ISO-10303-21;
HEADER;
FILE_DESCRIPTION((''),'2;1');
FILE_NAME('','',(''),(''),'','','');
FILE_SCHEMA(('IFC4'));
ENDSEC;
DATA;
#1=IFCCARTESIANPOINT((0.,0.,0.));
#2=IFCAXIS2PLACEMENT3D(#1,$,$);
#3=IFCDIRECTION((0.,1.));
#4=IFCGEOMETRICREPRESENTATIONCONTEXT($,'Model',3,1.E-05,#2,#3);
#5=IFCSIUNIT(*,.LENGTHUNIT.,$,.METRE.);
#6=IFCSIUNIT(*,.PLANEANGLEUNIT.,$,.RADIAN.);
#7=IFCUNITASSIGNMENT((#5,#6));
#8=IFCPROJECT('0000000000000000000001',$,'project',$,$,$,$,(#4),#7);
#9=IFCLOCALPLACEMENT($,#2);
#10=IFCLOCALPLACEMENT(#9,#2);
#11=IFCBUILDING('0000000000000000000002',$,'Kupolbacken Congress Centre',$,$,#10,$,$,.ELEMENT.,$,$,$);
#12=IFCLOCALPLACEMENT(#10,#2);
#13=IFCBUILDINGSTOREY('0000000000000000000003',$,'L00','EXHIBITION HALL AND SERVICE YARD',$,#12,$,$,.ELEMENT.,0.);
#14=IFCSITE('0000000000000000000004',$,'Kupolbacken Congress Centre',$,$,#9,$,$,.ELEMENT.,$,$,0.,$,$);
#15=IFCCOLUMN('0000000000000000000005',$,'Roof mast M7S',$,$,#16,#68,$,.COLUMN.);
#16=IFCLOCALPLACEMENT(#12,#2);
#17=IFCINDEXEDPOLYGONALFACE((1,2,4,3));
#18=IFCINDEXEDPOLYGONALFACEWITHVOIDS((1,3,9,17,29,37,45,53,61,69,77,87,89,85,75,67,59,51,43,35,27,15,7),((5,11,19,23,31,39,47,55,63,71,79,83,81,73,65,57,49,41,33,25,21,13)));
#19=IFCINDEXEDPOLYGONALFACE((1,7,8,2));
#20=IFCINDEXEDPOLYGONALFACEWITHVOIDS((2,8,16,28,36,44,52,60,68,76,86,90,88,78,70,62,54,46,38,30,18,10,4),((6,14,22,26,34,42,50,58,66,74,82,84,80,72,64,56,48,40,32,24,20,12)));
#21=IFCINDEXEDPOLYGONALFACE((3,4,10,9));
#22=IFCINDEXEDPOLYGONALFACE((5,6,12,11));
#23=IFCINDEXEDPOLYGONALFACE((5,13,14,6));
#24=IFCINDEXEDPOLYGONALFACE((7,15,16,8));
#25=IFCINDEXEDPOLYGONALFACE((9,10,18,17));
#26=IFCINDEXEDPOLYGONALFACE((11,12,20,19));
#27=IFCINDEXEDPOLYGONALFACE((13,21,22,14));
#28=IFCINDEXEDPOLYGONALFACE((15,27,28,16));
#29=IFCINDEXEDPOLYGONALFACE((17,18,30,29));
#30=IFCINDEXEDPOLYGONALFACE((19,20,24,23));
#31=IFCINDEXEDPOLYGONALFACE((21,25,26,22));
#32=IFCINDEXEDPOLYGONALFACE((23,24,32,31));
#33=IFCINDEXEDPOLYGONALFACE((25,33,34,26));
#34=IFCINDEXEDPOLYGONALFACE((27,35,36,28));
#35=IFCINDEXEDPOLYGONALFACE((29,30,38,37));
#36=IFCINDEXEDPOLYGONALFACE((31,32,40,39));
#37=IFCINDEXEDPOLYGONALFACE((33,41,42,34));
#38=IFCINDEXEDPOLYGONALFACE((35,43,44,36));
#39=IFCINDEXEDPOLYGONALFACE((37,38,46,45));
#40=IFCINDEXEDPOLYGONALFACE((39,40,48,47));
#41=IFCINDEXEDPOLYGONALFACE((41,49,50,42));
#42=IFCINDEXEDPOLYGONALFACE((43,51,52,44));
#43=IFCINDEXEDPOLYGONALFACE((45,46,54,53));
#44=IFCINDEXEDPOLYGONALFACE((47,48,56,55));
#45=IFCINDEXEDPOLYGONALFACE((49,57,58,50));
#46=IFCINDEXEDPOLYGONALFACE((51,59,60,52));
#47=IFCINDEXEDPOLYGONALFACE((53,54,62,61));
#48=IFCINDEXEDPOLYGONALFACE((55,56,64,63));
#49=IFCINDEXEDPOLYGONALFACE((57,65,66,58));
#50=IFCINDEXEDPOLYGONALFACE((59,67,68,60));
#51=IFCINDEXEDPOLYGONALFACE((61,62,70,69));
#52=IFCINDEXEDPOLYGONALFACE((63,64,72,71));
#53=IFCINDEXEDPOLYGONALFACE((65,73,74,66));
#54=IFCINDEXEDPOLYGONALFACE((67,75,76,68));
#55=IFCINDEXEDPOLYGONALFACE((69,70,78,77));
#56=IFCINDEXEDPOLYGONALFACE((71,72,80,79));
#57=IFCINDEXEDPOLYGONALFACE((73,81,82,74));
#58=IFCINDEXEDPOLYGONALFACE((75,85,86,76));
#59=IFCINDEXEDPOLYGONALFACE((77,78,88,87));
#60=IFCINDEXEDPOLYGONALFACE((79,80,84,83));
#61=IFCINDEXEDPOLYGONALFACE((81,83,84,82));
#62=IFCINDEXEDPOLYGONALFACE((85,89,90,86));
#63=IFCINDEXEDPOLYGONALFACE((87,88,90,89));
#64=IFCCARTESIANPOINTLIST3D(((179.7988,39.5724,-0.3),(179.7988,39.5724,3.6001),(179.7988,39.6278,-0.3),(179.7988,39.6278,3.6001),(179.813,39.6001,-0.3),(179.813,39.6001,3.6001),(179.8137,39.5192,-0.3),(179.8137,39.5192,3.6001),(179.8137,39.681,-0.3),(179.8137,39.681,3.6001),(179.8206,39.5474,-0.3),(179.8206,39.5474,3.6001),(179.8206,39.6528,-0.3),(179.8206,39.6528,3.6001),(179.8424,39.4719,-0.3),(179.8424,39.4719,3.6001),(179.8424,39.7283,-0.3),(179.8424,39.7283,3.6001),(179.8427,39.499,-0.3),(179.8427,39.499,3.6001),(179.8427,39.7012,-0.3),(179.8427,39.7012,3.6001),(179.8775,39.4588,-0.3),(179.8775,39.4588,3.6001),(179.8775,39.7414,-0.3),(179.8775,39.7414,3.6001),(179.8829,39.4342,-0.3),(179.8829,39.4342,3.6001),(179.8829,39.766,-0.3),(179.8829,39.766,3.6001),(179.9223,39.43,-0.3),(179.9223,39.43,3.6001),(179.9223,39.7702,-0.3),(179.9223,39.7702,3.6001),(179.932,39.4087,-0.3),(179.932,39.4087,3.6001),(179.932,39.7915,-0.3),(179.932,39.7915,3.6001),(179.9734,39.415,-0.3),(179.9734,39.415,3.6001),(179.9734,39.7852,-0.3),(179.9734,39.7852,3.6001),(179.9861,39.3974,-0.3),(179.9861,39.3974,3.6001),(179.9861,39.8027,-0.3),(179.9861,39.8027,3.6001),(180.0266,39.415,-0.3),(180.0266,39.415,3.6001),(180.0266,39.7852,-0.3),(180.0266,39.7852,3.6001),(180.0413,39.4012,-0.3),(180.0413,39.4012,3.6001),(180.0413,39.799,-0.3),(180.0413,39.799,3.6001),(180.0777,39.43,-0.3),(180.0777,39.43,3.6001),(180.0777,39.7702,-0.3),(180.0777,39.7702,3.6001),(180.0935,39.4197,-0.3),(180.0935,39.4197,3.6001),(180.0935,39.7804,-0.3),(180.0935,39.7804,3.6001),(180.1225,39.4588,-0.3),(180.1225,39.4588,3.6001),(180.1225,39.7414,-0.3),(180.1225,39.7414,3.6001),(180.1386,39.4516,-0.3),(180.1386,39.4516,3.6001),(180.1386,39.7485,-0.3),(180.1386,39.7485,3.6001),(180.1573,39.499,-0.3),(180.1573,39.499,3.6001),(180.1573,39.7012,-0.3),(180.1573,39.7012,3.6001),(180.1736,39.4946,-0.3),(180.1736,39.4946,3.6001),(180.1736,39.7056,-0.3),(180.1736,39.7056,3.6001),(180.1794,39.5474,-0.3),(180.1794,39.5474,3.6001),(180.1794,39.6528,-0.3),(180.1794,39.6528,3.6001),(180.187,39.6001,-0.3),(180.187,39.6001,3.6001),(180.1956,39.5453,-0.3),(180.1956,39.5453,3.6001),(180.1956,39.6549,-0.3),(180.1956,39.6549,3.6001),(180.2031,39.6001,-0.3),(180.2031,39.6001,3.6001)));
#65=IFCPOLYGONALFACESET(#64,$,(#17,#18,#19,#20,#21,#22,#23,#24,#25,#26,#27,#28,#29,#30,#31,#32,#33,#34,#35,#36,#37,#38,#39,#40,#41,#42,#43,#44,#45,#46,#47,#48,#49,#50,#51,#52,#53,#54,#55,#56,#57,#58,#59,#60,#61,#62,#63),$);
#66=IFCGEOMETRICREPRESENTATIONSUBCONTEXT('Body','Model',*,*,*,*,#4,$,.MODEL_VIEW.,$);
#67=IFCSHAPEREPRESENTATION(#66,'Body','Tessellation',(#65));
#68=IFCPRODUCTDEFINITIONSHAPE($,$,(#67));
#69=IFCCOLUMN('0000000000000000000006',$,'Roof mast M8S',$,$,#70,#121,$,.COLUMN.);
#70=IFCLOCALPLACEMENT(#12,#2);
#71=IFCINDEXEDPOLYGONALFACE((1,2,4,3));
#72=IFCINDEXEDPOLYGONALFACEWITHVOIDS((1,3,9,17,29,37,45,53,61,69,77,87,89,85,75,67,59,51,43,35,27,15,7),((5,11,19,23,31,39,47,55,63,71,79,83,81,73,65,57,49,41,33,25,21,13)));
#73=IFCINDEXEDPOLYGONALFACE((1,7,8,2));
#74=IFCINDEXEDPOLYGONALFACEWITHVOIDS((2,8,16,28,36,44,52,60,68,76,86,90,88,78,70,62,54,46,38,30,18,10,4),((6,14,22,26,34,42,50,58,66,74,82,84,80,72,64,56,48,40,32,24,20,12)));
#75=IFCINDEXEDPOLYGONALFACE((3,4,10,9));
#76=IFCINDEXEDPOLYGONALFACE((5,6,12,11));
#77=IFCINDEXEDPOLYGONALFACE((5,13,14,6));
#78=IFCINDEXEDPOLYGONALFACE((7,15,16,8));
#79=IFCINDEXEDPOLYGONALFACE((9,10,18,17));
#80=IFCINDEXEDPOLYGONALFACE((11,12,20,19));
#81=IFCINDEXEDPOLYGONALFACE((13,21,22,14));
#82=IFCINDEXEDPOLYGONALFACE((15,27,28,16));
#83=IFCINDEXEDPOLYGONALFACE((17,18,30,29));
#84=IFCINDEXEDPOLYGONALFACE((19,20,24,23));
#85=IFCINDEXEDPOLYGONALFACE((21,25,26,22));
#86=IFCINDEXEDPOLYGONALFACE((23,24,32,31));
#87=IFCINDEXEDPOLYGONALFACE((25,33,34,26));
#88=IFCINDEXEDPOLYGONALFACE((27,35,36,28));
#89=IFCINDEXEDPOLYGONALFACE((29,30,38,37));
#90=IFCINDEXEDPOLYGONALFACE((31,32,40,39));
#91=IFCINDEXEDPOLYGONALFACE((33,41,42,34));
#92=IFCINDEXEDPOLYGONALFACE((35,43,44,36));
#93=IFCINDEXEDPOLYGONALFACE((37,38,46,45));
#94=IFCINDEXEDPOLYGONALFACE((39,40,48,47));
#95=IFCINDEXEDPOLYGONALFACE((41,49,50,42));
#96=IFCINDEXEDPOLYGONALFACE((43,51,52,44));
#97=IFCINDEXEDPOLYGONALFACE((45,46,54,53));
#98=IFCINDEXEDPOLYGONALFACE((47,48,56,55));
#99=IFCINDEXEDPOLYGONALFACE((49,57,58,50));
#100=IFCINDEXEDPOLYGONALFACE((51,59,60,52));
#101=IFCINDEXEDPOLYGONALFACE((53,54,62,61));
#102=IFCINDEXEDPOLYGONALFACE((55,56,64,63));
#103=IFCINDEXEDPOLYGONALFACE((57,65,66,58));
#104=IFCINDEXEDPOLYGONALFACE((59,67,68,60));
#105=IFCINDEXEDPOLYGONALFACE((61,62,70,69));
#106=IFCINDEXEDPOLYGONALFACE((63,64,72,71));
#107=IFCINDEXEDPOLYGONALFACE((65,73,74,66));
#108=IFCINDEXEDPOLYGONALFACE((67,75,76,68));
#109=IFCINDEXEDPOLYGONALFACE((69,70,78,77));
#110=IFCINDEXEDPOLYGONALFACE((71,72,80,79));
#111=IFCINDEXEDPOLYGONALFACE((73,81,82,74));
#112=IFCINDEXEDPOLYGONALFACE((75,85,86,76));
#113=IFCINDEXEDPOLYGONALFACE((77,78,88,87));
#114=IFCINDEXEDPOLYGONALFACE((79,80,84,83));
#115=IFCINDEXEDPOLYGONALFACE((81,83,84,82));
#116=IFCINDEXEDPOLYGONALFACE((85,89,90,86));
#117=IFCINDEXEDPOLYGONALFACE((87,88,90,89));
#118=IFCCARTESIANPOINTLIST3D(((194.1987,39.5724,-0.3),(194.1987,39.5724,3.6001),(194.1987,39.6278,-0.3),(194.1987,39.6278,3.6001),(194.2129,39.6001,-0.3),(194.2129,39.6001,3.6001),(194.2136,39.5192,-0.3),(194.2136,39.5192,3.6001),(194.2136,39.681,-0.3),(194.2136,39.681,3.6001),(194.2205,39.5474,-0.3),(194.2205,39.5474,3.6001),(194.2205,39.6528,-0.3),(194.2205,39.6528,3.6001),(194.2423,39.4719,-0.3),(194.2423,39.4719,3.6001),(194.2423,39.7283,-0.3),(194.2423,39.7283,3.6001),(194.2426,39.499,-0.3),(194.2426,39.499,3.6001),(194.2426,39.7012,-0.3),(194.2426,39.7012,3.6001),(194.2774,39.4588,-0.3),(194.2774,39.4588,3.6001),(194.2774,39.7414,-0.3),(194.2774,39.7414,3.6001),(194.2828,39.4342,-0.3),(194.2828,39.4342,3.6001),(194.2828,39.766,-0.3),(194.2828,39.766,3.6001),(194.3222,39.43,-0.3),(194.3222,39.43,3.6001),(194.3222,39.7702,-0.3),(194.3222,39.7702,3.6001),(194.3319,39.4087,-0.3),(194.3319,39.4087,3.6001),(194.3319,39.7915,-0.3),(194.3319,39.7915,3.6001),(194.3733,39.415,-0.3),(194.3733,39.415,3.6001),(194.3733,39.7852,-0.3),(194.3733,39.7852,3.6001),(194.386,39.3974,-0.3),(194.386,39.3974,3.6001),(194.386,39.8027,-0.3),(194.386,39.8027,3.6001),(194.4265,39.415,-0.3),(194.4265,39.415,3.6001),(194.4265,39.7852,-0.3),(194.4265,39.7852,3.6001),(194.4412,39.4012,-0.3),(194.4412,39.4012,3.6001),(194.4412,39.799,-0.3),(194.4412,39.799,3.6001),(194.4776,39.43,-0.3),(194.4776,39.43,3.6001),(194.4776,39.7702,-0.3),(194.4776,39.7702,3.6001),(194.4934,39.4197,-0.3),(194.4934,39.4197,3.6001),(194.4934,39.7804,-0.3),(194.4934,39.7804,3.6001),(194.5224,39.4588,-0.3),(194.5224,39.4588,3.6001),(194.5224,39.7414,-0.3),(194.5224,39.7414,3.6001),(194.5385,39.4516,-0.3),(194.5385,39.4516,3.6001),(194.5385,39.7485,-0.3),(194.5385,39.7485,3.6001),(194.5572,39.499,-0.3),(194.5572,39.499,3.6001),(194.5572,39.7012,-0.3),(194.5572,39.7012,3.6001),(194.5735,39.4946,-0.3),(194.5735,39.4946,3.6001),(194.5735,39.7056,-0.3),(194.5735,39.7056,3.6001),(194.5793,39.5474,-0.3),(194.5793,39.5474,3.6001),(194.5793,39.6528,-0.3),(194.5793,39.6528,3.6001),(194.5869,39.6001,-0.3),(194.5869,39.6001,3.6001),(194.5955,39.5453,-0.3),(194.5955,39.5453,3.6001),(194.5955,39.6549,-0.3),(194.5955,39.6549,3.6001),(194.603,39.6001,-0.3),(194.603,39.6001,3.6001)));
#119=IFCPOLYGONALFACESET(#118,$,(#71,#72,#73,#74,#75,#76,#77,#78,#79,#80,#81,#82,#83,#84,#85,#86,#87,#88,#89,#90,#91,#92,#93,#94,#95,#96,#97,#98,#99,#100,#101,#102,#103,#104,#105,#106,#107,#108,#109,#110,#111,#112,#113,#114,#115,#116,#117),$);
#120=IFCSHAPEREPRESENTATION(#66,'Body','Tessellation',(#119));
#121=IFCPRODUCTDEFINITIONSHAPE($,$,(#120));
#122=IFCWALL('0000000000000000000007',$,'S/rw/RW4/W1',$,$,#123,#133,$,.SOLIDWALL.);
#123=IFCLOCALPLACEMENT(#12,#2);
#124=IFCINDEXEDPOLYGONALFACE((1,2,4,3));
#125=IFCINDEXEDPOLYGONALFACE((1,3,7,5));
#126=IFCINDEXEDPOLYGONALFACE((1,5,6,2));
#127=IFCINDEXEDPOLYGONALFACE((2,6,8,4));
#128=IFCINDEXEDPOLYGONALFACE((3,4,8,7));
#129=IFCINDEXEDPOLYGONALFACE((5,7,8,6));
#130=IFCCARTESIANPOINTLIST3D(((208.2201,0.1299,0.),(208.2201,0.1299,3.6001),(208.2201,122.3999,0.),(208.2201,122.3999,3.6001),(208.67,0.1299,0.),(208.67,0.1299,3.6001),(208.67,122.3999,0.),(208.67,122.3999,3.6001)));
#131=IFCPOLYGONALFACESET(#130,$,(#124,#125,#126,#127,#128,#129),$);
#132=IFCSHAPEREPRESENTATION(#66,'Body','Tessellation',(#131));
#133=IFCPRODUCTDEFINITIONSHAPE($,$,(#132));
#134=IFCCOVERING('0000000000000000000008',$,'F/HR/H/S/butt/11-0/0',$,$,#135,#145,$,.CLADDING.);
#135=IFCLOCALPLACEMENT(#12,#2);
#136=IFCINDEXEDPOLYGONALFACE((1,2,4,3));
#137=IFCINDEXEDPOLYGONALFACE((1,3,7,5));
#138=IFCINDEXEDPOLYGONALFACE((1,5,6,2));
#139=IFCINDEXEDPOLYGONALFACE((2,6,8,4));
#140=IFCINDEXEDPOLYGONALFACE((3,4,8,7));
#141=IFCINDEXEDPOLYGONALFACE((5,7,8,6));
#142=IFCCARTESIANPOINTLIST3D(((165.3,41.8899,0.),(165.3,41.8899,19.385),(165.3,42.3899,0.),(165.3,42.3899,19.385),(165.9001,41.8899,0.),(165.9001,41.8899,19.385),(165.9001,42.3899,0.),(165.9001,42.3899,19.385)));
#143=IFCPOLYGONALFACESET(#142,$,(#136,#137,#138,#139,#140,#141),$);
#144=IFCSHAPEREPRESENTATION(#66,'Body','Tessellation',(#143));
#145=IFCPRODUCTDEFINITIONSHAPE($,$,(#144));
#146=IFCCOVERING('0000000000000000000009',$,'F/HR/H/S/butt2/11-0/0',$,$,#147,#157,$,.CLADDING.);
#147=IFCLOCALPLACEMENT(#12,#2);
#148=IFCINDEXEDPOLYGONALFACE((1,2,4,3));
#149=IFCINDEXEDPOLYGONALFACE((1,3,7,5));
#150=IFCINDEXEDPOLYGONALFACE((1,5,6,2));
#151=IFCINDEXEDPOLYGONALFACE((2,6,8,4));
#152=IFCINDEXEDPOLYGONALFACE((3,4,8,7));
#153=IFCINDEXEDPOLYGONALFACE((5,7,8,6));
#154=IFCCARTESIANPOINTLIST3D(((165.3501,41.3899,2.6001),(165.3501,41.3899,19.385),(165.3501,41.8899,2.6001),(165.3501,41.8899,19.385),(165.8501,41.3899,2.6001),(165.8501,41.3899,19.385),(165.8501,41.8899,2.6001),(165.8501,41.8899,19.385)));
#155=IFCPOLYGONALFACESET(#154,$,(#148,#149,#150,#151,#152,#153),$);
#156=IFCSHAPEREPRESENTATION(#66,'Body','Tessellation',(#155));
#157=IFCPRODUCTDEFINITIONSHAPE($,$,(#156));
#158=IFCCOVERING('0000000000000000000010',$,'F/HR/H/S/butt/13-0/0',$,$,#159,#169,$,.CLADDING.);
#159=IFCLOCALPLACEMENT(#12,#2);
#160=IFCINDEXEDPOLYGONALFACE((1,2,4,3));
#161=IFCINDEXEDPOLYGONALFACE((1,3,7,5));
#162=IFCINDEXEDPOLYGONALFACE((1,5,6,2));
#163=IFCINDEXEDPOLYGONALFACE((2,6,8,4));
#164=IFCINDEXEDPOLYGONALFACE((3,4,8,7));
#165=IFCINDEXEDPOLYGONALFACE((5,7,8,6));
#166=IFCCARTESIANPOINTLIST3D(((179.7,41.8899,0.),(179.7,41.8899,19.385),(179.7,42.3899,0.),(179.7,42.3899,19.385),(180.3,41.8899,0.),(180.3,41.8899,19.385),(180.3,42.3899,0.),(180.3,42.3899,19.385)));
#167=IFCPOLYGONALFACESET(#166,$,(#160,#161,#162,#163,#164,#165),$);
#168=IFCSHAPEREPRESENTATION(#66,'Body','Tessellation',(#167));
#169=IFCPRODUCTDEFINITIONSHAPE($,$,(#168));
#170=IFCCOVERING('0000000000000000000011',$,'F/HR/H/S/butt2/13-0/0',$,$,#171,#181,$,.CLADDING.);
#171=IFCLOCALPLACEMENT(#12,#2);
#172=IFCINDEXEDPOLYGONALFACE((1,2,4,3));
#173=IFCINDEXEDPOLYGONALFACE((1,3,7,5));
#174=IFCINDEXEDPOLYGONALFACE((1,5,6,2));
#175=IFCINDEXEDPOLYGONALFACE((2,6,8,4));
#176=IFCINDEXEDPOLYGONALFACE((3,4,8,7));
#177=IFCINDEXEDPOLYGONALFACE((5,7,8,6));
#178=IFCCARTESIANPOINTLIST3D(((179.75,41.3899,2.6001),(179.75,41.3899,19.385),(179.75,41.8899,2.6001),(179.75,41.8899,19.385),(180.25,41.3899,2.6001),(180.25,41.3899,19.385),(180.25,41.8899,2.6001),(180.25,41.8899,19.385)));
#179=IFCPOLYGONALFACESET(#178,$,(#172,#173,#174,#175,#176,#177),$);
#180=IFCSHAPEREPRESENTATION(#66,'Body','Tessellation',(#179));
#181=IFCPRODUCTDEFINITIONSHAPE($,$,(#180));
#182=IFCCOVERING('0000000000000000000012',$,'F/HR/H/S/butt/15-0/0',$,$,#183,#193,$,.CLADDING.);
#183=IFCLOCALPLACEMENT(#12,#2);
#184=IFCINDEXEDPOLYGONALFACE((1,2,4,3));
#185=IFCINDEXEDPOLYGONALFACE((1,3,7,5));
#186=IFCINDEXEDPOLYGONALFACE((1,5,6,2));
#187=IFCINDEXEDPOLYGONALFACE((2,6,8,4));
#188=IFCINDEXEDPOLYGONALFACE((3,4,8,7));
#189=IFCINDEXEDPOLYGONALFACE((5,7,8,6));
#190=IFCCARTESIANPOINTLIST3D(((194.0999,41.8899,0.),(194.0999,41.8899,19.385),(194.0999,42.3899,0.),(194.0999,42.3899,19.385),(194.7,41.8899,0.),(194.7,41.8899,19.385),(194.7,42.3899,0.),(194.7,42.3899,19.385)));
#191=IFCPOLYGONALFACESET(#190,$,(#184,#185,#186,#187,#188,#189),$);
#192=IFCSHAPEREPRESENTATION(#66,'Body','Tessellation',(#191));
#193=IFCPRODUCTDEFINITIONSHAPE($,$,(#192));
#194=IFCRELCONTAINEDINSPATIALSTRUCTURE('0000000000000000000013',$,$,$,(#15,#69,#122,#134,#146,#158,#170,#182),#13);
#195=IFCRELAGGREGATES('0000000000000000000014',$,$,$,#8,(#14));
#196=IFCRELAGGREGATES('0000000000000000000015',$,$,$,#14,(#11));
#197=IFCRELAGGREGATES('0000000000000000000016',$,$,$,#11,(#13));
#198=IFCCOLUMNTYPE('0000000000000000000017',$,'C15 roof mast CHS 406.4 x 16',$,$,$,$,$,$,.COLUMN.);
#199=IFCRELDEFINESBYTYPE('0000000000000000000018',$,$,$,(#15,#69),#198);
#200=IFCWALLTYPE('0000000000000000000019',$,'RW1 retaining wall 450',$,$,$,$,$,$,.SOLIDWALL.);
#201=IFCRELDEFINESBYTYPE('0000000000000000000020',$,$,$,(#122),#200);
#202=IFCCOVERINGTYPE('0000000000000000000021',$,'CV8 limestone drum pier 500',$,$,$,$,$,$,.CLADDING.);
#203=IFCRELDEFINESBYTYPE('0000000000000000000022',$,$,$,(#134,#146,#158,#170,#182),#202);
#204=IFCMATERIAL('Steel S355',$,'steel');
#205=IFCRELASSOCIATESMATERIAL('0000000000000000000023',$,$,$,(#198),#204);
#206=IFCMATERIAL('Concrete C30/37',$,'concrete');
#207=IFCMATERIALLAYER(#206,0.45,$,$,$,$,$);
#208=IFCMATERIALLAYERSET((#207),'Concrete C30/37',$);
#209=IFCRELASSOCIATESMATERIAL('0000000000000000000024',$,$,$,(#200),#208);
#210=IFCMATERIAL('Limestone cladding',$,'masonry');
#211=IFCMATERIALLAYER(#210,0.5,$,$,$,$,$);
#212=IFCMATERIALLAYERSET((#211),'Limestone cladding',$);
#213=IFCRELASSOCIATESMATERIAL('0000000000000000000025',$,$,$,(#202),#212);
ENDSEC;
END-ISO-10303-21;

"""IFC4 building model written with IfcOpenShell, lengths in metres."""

from ifc_helpers import new_model, si_unit, direction, frame, frame_2d, origin, origin_2d, place, context, subcontext, project, spatial, rectangle, hollow_circle, extrude, material, layer, layer_set, material_profile, profile_set, type_object, element, save


model = new_model("IFC4")

# Units and contexts
model_context = context("Model", 3, precision=1e-05, world=origin(), true_north=direction((0.0, 1.0)))
body_context = subcontext(model_context, "Body", "Model", "MODEL_VIEW")
ifc_project = project(units=[si_unit("LENGTHUNIT", "METRE"), si_unit("PLANEANGLEUNIT", "RADIAN")], contexts=[model_context])

# Site, building, storey
site_placement = place(None, origin())
site = spatial("IfcSite", under=ifc_project, at=site_placement, Name="Kupolbacken Congress Centre", CompositionType="ELEMENT", RefElevation=0.0)
building_placement = place(site_placement, origin())
building = spatial("IfcBuilding", under=site, at=building_placement, Name="Kupolbacken Congress Centre", CompositionType="ELEMENT")
storey_placement = place(building_placement, origin())
storey = spatial("IfcBuildingStorey", under=building, at=storey_placement, Name="L00", Description="EXHIBITION HALL AND SERVICE YARD", CompositionType="ELEMENT", Elevation=0.0)

# Columns
ifc_material_1 = material(Name="Steel S355", Category="steel")
ifc_material_profile_1 = material_profile(ifc_material_1, hollow_circle(Radius=0.2031, WallThickness=0.0161, at=origin_2d()), Name="CHS 406.4 x 16")
ifc_profile_set_1 = profile_set([ifc_material_profile_1], Name="Steel S355")
column_type = type_object("IfcColumnType", Name="C15 roof mast CHS 406.4 x 16", PredefinedType="COLUMN", material=ifc_profile_set_1)
for number, where, z_axis, x_axis, name in (
    (1, (180.0, 39.6001, -0.3), (0.0, 0.0, 1.0), (1.0, 0.0, 0.0), "Roof mast M7S"),
    (2, (194.3999, 39.6001, -0.3), (0.0, 0.0, 1.0), (1.0, 0.0, 0.0), "Roof mast M8S"),
):
    element("IfcColumn", number, at=place(storey_placement, frame(where, z_axis=z_axis, x_axis=x_axis)), inside=storey, type_object=column_type, Name=name, PredefinedType="COLUMN", context=body_context, shape_type="SweptSolid", body=[
        extrude(hollow_circle(Radius=0.2031, WallThickness=0.0161, at=origin_2d()), origin(), (0.0, 0.0, 1.0), 3.9001),
    ])

# Wall
ifc_material_2 = material(Name="Concrete C30/37", Category="concrete")
ifc_layer_1 = layer(ifc_material_2, 0.45)
ifc_layer_set_1 = layer_set([ifc_layer_1], Name="Concrete C30/37")
wall_type = type_object("IfcWallType", Name="RW1 retaining wall 450", PredefinedType="SOLIDWALL", material=ifc_layer_set_1)
wall_placement = place(storey_placement, frame((208.4451, 0.1299, 0.0), z_axis=(0.0, 0.0, 1.0), x_axis=(0.0, 1.0, 0.0)))
element("IfcWall", 3, at=wall_placement, inside=storey, type_object=wall_type, Name="S/rw/RW4/W1", PredefinedType="SOLIDWALL", context=body_context, shape_type="SweptSolid", body=[
    extrude(rectangle(XDim=122.27, YDim=0.45, at=frame_2d((61.135, 0.0))), origin(), (0.0, 0.0, 1.0), 3.6001),
])

# Coverings
ifc_material_3 = material(Name="Limestone cladding", Category="masonry")
ifc_layer_2 = layer(ifc_material_3, 0.5)
ifc_layer_set_2 = layer_set([ifc_layer_2], Name="Limestone cladding")
covering_type_1 = type_object("IfcCoveringType", Name="CV8 limestone drum pier 500", PredefinedType="CLADDING", material=ifc_layer_set_2)
covering_1_placement = place(storey_placement, frame((165.6001, 42.1399, 0.0), z_axis=(0.0, 0.0, 1.0), x_axis=(1.0, 0.0, 0.0)))
element("IfcCovering", 4, at=covering_1_placement, inside=storey, type_object=covering_type_1, Name="F/HR/H/S/butt/11-0/0", PredefinedType="CLADDING", context=body_context, shape_type="SweptSolid", body=[
    extrude(rectangle(XDim=0.6001, YDim=0.5, at=origin_2d()), origin(), (0.0, 0.0, 1.0), 19.385),
])
covering_2_placement = place(storey_placement, frame((165.6001, 41.6399, 2.6001), z_axis=(0.0, 0.0, 1.0), x_axis=(1.0, 0.0, 0.0)))
element("IfcCovering", 5, at=covering_2_placement, inside=storey, type_object=covering_type_1, Name="F/HR/H/S/butt2/11-0/0", PredefinedType="CLADDING", context=body_context, shape_type="SweptSolid", body=[
    extrude(rectangle(XDim=0.5, YDim=0.5, at=origin_2d()), origin(), (0.0, 0.0, 1.0), 16.7849),
])
covering_3_placement = place(storey_placement, frame((180.0, 42.1399, 0.0), z_axis=(0.0, 0.0, 1.0), x_axis=(1.0, 0.0, 0.0)))
element("IfcCovering", 6, at=covering_3_placement, inside=storey, type_object=covering_type_1, Name="F/HR/H/S/butt/13-0/0", PredefinedType="CLADDING", context=body_context, shape_type="SweptSolid", body=[
    extrude(rectangle(XDim=0.6001, YDim=0.5, at=origin_2d()), origin(), (0.0, 0.0, 1.0), 19.385),
])
covering_4_placement = place(storey_placement, frame((180.0, 41.6399, 2.6001), z_axis=(0.0, 0.0, 1.0), x_axis=(1.0, 0.0, 0.0)))
element("IfcCovering", 7, at=covering_4_placement, inside=storey, type_object=covering_type_1, Name="F/HR/H/S/butt2/13-0/0", PredefinedType="CLADDING", context=body_context, shape_type="SweptSolid", body=[
    extrude(rectangle(XDim=0.5, YDim=0.5, at=origin_2d()), origin(), (0.0, 0.0, 1.0), 16.7849),
])
covering_5_placement = place(storey_placement, frame((194.3999, 42.1399, 0.0), z_axis=(0.0, 0.0, 1.0), x_axis=(1.0, 0.0, 0.0)))
element("IfcCovering", 8, at=covering_5_placement, inside=storey, type_object=covering_type_1, Name="F/HR/H/S/butt/15-0/0", PredefinedType="CLADDING", context=body_context, shape_type="SweptSolid", body=[
    extrude(rectangle(XDim=0.6001, YDim=0.5, at=origin_2d()), origin(), (0.0, 0.0, 1.0), 19.385),
])

save(model, "model.ifc")
